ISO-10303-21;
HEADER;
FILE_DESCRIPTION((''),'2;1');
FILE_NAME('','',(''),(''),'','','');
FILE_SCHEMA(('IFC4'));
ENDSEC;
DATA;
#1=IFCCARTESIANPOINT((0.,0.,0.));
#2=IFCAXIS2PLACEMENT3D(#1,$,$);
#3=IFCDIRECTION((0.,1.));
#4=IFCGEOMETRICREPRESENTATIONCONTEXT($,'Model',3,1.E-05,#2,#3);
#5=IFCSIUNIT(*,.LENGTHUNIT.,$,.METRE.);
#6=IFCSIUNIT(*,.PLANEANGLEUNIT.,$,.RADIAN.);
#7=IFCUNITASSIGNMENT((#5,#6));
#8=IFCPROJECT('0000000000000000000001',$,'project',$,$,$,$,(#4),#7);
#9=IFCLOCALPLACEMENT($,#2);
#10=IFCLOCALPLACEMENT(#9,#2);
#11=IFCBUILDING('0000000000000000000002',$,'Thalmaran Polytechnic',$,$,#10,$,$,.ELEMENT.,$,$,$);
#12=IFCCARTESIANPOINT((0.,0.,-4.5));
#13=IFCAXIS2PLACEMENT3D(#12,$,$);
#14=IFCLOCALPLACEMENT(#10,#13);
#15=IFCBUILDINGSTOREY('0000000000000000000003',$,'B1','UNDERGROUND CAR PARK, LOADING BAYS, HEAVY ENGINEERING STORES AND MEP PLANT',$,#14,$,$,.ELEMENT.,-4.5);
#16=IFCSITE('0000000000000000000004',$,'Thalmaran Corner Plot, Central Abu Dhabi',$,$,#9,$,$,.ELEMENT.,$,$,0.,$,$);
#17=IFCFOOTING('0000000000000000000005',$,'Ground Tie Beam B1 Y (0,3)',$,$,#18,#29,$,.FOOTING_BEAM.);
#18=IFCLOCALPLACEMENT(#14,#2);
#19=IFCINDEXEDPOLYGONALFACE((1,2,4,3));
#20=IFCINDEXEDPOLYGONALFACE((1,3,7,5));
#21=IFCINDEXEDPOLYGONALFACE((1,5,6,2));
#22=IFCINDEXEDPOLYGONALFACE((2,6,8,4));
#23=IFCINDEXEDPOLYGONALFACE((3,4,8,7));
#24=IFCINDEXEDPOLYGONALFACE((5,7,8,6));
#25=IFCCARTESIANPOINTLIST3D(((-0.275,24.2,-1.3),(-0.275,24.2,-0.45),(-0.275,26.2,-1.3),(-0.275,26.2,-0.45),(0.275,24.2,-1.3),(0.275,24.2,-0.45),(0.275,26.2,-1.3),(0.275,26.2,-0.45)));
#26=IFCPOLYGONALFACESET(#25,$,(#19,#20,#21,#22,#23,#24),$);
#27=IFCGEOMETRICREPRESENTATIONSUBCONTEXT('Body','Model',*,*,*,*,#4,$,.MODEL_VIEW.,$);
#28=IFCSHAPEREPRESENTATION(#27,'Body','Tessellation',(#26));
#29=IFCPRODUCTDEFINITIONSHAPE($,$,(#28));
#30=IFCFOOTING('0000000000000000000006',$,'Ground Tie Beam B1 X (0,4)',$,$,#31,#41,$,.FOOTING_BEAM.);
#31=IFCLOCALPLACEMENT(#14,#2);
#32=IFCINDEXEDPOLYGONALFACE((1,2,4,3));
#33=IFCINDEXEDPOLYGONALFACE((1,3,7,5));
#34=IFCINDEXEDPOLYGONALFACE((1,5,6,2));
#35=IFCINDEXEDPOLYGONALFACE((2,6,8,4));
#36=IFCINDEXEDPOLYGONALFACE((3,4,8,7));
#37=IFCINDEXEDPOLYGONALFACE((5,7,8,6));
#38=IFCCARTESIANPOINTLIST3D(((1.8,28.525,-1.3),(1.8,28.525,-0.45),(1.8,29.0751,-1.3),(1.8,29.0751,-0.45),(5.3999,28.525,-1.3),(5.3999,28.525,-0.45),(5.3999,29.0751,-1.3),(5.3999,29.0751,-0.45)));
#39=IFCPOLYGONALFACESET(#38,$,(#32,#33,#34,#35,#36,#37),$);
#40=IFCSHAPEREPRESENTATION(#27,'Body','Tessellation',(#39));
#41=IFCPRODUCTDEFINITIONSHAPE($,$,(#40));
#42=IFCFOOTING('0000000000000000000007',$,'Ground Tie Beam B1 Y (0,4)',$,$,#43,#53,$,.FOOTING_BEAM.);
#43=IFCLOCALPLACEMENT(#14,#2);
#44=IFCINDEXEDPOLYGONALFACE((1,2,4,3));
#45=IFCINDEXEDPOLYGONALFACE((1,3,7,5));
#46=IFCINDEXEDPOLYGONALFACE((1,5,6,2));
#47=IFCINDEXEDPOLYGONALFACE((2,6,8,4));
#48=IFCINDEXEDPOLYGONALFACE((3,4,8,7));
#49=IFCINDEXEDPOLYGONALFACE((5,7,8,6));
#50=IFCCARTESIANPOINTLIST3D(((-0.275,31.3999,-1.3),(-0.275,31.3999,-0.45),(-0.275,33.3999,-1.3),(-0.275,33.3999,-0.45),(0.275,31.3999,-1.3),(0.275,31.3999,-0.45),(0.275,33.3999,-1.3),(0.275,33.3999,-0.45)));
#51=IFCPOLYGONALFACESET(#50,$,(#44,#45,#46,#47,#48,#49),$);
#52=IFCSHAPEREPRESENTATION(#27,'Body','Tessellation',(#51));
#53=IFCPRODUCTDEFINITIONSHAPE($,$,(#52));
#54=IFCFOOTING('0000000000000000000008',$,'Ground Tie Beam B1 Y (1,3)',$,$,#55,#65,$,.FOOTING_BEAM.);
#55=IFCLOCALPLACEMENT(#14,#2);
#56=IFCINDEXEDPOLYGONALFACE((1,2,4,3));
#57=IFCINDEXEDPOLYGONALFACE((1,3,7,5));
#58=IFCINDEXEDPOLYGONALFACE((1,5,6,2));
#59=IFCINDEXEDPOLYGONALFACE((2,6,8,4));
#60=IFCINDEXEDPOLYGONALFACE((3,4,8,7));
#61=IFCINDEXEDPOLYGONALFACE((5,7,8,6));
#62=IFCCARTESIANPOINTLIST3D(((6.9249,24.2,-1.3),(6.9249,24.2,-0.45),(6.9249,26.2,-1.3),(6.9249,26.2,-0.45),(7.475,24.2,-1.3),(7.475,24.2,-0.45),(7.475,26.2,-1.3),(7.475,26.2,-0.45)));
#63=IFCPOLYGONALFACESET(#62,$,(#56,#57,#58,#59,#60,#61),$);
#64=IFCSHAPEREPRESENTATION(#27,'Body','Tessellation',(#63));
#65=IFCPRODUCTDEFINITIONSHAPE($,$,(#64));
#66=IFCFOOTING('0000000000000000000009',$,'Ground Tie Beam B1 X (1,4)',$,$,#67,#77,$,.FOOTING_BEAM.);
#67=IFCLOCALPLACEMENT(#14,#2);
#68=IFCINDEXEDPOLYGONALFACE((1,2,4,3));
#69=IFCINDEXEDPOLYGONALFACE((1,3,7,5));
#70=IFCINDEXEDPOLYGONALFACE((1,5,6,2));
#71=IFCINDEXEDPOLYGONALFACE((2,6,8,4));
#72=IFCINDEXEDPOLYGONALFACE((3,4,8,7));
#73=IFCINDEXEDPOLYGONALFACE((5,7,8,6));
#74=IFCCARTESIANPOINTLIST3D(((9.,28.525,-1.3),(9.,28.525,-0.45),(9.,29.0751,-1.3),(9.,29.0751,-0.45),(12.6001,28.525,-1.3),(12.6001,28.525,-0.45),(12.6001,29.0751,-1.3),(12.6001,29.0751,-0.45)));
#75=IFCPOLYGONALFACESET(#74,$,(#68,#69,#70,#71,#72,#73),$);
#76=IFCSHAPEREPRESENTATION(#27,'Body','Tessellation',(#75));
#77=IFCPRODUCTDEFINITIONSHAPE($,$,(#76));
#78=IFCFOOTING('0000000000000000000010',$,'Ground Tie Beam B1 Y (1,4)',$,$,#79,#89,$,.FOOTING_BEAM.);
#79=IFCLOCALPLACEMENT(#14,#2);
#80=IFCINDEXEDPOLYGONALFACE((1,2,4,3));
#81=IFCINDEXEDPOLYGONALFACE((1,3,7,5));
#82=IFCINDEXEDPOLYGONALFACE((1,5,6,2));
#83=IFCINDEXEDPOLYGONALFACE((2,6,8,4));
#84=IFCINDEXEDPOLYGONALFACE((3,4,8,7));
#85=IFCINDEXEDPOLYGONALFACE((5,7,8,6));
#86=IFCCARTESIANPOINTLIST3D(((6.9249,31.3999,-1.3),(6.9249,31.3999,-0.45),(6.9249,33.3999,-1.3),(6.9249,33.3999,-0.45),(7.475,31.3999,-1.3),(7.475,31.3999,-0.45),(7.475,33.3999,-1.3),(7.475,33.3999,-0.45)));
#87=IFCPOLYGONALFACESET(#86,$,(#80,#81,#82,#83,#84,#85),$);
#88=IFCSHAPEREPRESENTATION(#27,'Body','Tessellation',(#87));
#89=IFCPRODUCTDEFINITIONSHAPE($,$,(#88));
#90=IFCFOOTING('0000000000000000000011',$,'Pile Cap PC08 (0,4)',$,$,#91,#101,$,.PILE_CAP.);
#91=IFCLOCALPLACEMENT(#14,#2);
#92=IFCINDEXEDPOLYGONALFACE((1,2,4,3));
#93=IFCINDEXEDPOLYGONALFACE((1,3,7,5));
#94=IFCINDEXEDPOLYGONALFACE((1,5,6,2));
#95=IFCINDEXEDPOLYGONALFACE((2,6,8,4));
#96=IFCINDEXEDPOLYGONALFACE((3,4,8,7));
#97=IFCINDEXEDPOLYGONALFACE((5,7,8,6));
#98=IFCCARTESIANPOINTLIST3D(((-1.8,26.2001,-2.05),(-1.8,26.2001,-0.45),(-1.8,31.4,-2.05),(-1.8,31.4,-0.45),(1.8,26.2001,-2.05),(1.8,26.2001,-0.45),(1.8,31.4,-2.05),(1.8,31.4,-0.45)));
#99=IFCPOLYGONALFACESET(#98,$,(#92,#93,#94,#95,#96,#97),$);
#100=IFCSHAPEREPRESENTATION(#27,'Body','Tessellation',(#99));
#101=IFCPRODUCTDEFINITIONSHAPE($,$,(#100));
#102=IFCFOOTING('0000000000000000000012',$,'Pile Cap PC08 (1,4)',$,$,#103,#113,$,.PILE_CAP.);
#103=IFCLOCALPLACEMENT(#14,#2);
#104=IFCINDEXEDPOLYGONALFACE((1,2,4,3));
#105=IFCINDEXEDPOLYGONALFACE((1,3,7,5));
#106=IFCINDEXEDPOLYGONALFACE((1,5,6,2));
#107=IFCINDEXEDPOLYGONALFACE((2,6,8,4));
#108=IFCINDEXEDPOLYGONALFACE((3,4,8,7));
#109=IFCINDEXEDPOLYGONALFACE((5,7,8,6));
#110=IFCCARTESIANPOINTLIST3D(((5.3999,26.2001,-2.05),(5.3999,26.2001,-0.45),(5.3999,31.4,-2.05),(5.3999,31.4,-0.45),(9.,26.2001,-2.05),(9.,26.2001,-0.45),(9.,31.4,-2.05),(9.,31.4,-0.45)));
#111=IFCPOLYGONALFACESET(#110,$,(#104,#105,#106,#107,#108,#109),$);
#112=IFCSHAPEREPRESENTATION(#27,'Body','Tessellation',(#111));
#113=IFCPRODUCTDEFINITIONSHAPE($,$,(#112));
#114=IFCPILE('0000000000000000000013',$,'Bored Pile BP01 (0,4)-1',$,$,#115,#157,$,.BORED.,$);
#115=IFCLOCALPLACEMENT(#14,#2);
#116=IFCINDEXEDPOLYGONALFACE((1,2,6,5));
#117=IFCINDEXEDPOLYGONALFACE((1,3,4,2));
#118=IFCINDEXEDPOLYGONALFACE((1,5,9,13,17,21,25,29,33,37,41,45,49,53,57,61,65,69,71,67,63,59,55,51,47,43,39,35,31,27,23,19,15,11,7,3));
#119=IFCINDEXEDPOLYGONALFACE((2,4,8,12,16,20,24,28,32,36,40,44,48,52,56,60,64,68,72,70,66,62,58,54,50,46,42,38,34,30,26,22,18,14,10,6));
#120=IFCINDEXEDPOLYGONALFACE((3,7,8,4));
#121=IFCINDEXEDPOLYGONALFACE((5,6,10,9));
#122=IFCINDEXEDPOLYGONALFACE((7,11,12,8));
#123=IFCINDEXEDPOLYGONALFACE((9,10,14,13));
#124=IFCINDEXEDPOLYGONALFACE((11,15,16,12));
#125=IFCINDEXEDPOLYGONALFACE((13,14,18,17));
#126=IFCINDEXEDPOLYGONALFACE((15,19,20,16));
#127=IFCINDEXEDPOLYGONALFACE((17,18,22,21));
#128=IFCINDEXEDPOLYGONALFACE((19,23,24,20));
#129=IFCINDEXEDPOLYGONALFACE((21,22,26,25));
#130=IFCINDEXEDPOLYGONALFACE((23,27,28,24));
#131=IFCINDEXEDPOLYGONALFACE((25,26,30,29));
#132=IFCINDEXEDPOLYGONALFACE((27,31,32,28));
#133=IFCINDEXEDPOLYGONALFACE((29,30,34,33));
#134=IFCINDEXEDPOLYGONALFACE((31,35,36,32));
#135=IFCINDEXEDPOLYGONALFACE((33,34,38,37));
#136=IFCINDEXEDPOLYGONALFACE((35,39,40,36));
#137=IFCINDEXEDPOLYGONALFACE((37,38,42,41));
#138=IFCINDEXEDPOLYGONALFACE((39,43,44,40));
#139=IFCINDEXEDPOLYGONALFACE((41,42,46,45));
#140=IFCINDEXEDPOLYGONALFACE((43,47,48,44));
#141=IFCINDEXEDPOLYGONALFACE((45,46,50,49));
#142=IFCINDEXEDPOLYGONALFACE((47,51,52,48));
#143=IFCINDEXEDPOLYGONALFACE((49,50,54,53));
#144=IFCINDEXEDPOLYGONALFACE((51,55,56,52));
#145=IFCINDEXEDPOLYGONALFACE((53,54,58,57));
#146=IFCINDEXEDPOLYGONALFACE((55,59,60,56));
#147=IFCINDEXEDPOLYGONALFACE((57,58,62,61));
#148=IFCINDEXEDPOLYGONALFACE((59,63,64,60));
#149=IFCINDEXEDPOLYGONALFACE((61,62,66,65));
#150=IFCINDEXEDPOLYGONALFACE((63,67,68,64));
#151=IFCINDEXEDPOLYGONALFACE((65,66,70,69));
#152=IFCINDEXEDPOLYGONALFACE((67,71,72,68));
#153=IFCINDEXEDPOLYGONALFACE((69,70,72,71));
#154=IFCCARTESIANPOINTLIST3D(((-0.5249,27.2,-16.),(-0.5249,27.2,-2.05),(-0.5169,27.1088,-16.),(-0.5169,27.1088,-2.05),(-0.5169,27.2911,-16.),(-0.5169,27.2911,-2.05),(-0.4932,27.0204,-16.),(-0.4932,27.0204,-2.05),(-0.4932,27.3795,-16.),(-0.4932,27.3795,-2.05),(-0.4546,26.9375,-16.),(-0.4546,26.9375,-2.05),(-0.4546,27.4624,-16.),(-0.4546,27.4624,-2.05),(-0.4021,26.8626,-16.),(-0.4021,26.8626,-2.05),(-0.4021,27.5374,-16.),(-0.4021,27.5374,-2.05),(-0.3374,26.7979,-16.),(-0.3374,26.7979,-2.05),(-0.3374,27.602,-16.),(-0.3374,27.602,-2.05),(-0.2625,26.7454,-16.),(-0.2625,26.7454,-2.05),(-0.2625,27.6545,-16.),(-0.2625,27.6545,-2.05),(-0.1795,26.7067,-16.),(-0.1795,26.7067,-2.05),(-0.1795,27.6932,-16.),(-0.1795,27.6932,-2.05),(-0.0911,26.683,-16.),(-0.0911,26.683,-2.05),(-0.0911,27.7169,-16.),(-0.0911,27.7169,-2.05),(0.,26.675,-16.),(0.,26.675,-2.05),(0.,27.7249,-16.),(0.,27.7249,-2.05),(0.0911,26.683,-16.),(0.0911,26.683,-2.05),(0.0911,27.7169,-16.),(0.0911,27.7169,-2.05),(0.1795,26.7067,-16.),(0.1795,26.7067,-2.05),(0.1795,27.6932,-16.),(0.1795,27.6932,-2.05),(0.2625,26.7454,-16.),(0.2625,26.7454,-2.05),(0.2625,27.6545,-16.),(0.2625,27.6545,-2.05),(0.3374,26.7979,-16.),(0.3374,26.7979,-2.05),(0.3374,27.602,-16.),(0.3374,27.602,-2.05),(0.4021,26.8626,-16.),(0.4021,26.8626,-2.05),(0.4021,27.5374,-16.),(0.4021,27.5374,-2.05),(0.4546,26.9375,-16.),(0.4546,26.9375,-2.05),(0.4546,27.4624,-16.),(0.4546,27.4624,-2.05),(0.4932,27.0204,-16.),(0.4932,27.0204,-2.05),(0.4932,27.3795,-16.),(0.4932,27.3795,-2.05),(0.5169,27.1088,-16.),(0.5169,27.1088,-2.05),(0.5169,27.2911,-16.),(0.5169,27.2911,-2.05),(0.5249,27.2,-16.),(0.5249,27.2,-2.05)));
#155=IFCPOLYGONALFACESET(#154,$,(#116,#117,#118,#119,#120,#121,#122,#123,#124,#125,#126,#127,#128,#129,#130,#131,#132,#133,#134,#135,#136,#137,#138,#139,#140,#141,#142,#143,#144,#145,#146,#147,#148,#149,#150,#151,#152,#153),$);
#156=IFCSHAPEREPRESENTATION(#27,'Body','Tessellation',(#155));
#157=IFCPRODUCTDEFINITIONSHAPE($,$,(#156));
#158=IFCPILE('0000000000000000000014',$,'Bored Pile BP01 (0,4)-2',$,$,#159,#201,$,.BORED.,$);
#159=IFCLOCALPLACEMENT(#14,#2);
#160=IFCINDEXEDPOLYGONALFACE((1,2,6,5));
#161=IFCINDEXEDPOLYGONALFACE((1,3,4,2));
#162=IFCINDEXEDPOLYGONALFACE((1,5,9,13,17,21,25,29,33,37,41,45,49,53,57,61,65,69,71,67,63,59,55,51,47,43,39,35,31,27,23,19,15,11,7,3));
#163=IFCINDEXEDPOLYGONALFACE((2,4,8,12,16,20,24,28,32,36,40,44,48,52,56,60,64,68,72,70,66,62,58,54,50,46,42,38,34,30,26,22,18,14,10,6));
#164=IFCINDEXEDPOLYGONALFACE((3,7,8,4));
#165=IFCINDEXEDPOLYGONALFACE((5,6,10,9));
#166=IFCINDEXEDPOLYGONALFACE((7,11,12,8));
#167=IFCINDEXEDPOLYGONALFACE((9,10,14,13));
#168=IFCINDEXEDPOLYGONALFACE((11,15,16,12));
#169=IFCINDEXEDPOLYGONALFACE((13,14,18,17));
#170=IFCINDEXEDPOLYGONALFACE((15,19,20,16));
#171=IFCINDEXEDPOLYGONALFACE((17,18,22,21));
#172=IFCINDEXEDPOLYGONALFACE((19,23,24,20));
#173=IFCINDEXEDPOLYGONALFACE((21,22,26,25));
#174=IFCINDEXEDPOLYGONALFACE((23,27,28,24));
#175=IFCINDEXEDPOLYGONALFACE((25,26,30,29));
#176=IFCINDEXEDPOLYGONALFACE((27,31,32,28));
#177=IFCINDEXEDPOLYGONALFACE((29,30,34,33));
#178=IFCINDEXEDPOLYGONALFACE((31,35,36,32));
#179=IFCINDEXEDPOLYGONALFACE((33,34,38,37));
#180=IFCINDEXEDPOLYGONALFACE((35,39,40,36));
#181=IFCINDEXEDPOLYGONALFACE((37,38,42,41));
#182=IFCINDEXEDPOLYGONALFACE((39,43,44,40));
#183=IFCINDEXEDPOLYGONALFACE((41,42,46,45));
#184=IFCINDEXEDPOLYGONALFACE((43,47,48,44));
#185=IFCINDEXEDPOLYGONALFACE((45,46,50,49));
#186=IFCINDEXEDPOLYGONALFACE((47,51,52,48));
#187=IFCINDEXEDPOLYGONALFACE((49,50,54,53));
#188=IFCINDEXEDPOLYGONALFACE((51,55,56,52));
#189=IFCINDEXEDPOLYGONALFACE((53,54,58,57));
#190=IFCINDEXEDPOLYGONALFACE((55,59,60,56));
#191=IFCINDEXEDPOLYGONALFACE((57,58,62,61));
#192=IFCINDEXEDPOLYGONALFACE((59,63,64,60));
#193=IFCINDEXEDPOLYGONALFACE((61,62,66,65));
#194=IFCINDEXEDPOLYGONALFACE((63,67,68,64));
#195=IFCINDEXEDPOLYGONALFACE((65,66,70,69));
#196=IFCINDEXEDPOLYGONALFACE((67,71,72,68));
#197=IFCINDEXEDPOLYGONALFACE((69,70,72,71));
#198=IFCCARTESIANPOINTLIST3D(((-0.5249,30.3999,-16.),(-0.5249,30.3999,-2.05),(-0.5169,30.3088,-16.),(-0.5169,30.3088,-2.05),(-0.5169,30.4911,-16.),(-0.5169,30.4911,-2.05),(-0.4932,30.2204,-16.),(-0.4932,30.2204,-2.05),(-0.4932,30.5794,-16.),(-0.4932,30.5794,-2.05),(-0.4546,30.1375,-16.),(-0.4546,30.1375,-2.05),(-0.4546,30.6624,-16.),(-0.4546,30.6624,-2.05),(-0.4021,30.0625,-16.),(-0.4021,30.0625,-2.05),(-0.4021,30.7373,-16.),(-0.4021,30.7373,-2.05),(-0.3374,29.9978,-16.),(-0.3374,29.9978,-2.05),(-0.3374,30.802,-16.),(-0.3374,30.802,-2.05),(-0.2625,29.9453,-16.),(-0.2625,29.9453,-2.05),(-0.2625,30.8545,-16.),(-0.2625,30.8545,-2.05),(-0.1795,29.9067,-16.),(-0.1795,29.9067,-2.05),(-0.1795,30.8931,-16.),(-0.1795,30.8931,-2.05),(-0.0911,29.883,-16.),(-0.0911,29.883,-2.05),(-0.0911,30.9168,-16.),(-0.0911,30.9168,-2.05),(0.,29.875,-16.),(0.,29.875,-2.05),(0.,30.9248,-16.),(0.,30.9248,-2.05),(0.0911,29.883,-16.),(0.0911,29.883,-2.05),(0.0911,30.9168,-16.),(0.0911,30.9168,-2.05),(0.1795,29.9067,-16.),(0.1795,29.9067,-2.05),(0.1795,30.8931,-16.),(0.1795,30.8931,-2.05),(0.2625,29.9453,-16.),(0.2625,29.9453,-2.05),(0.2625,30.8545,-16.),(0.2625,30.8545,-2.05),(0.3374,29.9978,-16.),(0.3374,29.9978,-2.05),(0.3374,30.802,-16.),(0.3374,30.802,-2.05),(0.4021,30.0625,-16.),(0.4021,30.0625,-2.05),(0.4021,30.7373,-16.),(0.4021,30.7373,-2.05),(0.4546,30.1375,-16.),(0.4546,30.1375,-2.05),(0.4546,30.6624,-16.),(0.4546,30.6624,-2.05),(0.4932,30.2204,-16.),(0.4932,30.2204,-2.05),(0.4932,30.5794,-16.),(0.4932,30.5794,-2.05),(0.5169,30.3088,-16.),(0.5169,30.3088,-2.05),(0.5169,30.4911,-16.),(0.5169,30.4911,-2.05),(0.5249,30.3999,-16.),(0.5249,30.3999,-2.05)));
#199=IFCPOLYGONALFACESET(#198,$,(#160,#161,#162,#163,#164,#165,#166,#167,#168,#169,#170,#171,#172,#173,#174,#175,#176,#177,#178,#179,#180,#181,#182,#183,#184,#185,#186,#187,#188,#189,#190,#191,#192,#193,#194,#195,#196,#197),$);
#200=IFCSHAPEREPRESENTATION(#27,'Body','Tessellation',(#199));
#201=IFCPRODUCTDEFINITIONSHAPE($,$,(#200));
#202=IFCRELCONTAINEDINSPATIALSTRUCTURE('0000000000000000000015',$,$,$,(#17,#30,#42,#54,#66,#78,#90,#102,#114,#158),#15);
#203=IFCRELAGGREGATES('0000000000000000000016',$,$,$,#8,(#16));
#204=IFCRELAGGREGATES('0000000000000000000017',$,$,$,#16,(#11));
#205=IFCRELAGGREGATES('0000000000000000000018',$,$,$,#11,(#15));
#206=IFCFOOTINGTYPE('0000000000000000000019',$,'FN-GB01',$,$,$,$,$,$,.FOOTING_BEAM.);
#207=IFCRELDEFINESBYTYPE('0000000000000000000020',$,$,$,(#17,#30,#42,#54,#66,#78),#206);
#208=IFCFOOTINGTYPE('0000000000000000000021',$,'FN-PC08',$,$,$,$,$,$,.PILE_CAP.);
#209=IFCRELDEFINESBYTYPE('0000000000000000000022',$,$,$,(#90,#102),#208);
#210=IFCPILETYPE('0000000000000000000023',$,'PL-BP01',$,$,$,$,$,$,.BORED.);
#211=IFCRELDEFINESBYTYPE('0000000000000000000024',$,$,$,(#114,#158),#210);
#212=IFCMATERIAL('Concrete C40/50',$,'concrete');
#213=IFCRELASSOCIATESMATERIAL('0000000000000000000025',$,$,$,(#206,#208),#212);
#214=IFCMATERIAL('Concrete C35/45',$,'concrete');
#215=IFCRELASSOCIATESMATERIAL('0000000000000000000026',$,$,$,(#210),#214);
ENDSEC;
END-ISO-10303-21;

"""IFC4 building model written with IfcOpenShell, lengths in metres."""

from ifc_helpers import new_model, si_unit, direction, frame, origin, origin_2d, place, context, subcontext, project, spatial, rectangle, circle, extrude, material, material_profile, profile_set, type_object, element, save


model = new_model("IFC4")

# Units and contexts
model_context = context("Model", 3, precision=1e-05, world=origin(), true_north=direction((0.0, 1.0)))
body_context = subcontext(model_context, "Body", "Model", "MODEL_VIEW")
ifc_project = project(units=[si_unit("LENGTHUNIT", "METRE"), si_unit("PLANEANGLEUNIT", "RADIAN")], contexts=[model_context])

# Site, building, storey
site_placement = place(None, origin())
site = spatial("IfcSite", under=ifc_project, at=site_placement, Name="Thalmaran Corner Plot, Central Abu Dhabi", CompositionType="ELEMENT", RefElevation=0.0)
building_placement = place(site_placement, origin())
building = spatial("IfcBuilding", under=site, at=building_placement, Name="Thalmaran Polytechnic", CompositionType="ELEMENT")
storey_placement = place(building_placement, frame((0.0, 0.0, -4.5)))
storey = spatial("IfcBuildingStorey", under=building, at=storey_placement, Name="B1", Description="UNDERGROUND CAR PARK, LOADING BAYS, HEAVY ENGINEERING STORES AND MEP PLANT", CompositionType="ELEMENT", Elevation=-4.5)

# Footings
ifc_material_1 = material(Name="Concrete C40/50", Category="concrete")
ifc_material_profile_1 = material_profile(ifc_material_1, rectangle(XDim=0.55, YDim=0.8501, at=origin_2d()), Name="RC 550x850")
ifc_profile_set_1 = profile_set([ifc_material_profile_1], Name="Concrete C40/50")
footing_type_1 = type_object("IfcFootingType", Name="FN-GB01", PredefinedType="FOOTING_BEAM", material=ifc_profile_set_1)
footing_1_placement = place(storey_placement, frame((0.0, 24.2, -0.875), z_axis=(0.0, 1.0, 0.0), x_axis=(-1.0, 0.0, 0.0)))
element("IfcFooting", 1, at=footing_1_placement, inside=storey, type_object=footing_type_1, Name="Ground Tie Beam B1 Y (0,3)", PredefinedType="FOOTING_BEAM", context=body_context, shape_type="SweptSolid", body=[
    extrude(rectangle(XDim=0.55, YDim=0.8501, at=origin_2d()), origin(), (0.0, 0.0, 1.0), 2.0),
])
footing_2_placement = place(storey_placement, frame((1.8, 28.8, -0.875), z_axis=(1.0, 0.0, 0.0), x_axis=(0.0, 1.0, 0.0)))
element("IfcFooting", 2, at=footing_2_placement, inside=storey, type_object=footing_type_1, Name="Ground Tie Beam B1 X (0,4)", PredefinedType="FOOTING_BEAM", context=body_context, shape_type="SweptSolid", body=[
    extrude(rectangle(XDim=0.55, YDim=0.8501, at=origin_2d()), origin(), (0.0, 0.0, 1.0), 3.5999),
])
for number, where, z_axis, x_axis, name in (
    (3, (0.0, 31.3999, -0.875), (0.0, 1.0, 0.0), (-1.0, 0.0, 0.0), "Ground Tie Beam B1 Y (0,4)"),
    (4, (7.2, 24.2, -0.875), (0.0, 1.0, 0.0), (-1.0, 0.0, 0.0), "Ground Tie Beam B1 Y (1,3)"),
):
    element("IfcFooting", number, at=place(storey_placement, frame(where, z_axis=z_axis, x_axis=x_axis)), inside=storey, type_object=footing_type_1, Name=name, PredefinedType="FOOTING_BEAM", context=body_context, shape_type="SweptSolid", body=[
        extrude(rectangle(XDim=0.55, YDim=0.8501, at=origin_2d()), origin(), (0.0, 0.0, 1.0), 2.0),
    ])
footing_3_placement = place(storey_placement, frame((9.0, 28.8, -0.875), z_axis=(1.0, 0.0, 0.0), x_axis=(0.0, 1.0, 0.0)))
element("IfcFooting", 5, at=footing_3_placement, inside=storey, type_object=footing_type_1, Name="Ground Tie Beam B1 X (1,4)", PredefinedType="FOOTING_BEAM", context=body_context, shape_type="SweptSolid", body=[
    extrude(rectangle(XDim=0.55, YDim=0.8501, at=origin_2d()), origin(), (0.0, 0.0, 1.0), 3.6001),
])
footing_4_placement = place(storey_placement, frame((7.2, 31.3999, -0.875), z_axis=(0.0, 1.0, 0.0), x_axis=(-1.0, 0.0, 0.0)))
element("IfcFooting", 6, at=footing_4_placement, inside=storey, type_object=footing_type_1, Name="Ground Tie Beam B1 Y (1,4)", PredefinedType="FOOTING_BEAM", context=body_context, shape_type="SweptSolid", body=[
    extrude(rectangle(XDim=0.55, YDim=0.8501, at=origin_2d()), origin(), (0.0, 0.0, 1.0), 2.0),
])
footing_type_2 = type_object("IfcFootingType", Name="FN-PC08", PredefinedType="PILE_CAP", material=ifc_material_1)
for number, where, z_axis, x_axis, name in (
    (7, (0.0, 28.8, -2.05), (0.0, 0.0, 1.0), (1.0, 0.0, 0.0), "Pile Cap PC08 (0,4)"),
    (8, (7.2, 28.8, -2.05), (0.0, 0.0, 1.0), (1.0, 0.0, 0.0), "Pile Cap PC08 (1,4)"),
):
    element("IfcFooting", number, at=place(storey_placement, frame(where, z_axis=z_axis, x_axis=x_axis)), inside=storey, type_object=footing_type_2, Name=name, PredefinedType="PILE_CAP", context=body_context, shape_type="SweptSolid", body=[
        extrude(rectangle(XDim=3.6001, YDim=5.2, at=origin_2d()), origin(), (0.0, 0.0, 1.0), 1.6001),
    ])

# Piles
ifc_material_2 = material(Name="Concrete C35/45", Category="concrete")
ifc_material_profile_2 = material_profile(ifc_material_2, circle(Radius=0.5249, at=origin_2d()), Name="RC 1050 DIA")
ifc_profile_set_2 = profile_set([ifc_material_profile_2], Name="Concrete C35/45")
pile_type = type_object("IfcPileType", Name="PL-BP01", PredefinedType="BORED", material=ifc_profile_set_2)
for number, where, z_axis, x_axis, name in (
    (9, (0.0, 27.2, -2.05), (0.0, 0.0, -1.0), (1.0, 0.0, 0.0), "Bored Pile BP01 (0,4)-1"),
    (10, (0.0, 30.3999, -2.05), (0.0, 0.0, -1.0), (1.0, 0.0, 0.0), "Bored Pile BP01 (0,4)-2"),
):
    element("IfcPile", number, at=place(storey_placement, frame(where, z_axis=z_axis, x_axis=x_axis)), inside=storey, type_object=pile_type, Name=name, PredefinedType="BORED", context=body_context, shape_type="SweptSolid", body=[
        extrude(circle(Radius=0.5249, at=origin_2d()), origin(), (0.0, 0.0, 1.0), 13.95),
    ])

save(model, "model.ifc")
